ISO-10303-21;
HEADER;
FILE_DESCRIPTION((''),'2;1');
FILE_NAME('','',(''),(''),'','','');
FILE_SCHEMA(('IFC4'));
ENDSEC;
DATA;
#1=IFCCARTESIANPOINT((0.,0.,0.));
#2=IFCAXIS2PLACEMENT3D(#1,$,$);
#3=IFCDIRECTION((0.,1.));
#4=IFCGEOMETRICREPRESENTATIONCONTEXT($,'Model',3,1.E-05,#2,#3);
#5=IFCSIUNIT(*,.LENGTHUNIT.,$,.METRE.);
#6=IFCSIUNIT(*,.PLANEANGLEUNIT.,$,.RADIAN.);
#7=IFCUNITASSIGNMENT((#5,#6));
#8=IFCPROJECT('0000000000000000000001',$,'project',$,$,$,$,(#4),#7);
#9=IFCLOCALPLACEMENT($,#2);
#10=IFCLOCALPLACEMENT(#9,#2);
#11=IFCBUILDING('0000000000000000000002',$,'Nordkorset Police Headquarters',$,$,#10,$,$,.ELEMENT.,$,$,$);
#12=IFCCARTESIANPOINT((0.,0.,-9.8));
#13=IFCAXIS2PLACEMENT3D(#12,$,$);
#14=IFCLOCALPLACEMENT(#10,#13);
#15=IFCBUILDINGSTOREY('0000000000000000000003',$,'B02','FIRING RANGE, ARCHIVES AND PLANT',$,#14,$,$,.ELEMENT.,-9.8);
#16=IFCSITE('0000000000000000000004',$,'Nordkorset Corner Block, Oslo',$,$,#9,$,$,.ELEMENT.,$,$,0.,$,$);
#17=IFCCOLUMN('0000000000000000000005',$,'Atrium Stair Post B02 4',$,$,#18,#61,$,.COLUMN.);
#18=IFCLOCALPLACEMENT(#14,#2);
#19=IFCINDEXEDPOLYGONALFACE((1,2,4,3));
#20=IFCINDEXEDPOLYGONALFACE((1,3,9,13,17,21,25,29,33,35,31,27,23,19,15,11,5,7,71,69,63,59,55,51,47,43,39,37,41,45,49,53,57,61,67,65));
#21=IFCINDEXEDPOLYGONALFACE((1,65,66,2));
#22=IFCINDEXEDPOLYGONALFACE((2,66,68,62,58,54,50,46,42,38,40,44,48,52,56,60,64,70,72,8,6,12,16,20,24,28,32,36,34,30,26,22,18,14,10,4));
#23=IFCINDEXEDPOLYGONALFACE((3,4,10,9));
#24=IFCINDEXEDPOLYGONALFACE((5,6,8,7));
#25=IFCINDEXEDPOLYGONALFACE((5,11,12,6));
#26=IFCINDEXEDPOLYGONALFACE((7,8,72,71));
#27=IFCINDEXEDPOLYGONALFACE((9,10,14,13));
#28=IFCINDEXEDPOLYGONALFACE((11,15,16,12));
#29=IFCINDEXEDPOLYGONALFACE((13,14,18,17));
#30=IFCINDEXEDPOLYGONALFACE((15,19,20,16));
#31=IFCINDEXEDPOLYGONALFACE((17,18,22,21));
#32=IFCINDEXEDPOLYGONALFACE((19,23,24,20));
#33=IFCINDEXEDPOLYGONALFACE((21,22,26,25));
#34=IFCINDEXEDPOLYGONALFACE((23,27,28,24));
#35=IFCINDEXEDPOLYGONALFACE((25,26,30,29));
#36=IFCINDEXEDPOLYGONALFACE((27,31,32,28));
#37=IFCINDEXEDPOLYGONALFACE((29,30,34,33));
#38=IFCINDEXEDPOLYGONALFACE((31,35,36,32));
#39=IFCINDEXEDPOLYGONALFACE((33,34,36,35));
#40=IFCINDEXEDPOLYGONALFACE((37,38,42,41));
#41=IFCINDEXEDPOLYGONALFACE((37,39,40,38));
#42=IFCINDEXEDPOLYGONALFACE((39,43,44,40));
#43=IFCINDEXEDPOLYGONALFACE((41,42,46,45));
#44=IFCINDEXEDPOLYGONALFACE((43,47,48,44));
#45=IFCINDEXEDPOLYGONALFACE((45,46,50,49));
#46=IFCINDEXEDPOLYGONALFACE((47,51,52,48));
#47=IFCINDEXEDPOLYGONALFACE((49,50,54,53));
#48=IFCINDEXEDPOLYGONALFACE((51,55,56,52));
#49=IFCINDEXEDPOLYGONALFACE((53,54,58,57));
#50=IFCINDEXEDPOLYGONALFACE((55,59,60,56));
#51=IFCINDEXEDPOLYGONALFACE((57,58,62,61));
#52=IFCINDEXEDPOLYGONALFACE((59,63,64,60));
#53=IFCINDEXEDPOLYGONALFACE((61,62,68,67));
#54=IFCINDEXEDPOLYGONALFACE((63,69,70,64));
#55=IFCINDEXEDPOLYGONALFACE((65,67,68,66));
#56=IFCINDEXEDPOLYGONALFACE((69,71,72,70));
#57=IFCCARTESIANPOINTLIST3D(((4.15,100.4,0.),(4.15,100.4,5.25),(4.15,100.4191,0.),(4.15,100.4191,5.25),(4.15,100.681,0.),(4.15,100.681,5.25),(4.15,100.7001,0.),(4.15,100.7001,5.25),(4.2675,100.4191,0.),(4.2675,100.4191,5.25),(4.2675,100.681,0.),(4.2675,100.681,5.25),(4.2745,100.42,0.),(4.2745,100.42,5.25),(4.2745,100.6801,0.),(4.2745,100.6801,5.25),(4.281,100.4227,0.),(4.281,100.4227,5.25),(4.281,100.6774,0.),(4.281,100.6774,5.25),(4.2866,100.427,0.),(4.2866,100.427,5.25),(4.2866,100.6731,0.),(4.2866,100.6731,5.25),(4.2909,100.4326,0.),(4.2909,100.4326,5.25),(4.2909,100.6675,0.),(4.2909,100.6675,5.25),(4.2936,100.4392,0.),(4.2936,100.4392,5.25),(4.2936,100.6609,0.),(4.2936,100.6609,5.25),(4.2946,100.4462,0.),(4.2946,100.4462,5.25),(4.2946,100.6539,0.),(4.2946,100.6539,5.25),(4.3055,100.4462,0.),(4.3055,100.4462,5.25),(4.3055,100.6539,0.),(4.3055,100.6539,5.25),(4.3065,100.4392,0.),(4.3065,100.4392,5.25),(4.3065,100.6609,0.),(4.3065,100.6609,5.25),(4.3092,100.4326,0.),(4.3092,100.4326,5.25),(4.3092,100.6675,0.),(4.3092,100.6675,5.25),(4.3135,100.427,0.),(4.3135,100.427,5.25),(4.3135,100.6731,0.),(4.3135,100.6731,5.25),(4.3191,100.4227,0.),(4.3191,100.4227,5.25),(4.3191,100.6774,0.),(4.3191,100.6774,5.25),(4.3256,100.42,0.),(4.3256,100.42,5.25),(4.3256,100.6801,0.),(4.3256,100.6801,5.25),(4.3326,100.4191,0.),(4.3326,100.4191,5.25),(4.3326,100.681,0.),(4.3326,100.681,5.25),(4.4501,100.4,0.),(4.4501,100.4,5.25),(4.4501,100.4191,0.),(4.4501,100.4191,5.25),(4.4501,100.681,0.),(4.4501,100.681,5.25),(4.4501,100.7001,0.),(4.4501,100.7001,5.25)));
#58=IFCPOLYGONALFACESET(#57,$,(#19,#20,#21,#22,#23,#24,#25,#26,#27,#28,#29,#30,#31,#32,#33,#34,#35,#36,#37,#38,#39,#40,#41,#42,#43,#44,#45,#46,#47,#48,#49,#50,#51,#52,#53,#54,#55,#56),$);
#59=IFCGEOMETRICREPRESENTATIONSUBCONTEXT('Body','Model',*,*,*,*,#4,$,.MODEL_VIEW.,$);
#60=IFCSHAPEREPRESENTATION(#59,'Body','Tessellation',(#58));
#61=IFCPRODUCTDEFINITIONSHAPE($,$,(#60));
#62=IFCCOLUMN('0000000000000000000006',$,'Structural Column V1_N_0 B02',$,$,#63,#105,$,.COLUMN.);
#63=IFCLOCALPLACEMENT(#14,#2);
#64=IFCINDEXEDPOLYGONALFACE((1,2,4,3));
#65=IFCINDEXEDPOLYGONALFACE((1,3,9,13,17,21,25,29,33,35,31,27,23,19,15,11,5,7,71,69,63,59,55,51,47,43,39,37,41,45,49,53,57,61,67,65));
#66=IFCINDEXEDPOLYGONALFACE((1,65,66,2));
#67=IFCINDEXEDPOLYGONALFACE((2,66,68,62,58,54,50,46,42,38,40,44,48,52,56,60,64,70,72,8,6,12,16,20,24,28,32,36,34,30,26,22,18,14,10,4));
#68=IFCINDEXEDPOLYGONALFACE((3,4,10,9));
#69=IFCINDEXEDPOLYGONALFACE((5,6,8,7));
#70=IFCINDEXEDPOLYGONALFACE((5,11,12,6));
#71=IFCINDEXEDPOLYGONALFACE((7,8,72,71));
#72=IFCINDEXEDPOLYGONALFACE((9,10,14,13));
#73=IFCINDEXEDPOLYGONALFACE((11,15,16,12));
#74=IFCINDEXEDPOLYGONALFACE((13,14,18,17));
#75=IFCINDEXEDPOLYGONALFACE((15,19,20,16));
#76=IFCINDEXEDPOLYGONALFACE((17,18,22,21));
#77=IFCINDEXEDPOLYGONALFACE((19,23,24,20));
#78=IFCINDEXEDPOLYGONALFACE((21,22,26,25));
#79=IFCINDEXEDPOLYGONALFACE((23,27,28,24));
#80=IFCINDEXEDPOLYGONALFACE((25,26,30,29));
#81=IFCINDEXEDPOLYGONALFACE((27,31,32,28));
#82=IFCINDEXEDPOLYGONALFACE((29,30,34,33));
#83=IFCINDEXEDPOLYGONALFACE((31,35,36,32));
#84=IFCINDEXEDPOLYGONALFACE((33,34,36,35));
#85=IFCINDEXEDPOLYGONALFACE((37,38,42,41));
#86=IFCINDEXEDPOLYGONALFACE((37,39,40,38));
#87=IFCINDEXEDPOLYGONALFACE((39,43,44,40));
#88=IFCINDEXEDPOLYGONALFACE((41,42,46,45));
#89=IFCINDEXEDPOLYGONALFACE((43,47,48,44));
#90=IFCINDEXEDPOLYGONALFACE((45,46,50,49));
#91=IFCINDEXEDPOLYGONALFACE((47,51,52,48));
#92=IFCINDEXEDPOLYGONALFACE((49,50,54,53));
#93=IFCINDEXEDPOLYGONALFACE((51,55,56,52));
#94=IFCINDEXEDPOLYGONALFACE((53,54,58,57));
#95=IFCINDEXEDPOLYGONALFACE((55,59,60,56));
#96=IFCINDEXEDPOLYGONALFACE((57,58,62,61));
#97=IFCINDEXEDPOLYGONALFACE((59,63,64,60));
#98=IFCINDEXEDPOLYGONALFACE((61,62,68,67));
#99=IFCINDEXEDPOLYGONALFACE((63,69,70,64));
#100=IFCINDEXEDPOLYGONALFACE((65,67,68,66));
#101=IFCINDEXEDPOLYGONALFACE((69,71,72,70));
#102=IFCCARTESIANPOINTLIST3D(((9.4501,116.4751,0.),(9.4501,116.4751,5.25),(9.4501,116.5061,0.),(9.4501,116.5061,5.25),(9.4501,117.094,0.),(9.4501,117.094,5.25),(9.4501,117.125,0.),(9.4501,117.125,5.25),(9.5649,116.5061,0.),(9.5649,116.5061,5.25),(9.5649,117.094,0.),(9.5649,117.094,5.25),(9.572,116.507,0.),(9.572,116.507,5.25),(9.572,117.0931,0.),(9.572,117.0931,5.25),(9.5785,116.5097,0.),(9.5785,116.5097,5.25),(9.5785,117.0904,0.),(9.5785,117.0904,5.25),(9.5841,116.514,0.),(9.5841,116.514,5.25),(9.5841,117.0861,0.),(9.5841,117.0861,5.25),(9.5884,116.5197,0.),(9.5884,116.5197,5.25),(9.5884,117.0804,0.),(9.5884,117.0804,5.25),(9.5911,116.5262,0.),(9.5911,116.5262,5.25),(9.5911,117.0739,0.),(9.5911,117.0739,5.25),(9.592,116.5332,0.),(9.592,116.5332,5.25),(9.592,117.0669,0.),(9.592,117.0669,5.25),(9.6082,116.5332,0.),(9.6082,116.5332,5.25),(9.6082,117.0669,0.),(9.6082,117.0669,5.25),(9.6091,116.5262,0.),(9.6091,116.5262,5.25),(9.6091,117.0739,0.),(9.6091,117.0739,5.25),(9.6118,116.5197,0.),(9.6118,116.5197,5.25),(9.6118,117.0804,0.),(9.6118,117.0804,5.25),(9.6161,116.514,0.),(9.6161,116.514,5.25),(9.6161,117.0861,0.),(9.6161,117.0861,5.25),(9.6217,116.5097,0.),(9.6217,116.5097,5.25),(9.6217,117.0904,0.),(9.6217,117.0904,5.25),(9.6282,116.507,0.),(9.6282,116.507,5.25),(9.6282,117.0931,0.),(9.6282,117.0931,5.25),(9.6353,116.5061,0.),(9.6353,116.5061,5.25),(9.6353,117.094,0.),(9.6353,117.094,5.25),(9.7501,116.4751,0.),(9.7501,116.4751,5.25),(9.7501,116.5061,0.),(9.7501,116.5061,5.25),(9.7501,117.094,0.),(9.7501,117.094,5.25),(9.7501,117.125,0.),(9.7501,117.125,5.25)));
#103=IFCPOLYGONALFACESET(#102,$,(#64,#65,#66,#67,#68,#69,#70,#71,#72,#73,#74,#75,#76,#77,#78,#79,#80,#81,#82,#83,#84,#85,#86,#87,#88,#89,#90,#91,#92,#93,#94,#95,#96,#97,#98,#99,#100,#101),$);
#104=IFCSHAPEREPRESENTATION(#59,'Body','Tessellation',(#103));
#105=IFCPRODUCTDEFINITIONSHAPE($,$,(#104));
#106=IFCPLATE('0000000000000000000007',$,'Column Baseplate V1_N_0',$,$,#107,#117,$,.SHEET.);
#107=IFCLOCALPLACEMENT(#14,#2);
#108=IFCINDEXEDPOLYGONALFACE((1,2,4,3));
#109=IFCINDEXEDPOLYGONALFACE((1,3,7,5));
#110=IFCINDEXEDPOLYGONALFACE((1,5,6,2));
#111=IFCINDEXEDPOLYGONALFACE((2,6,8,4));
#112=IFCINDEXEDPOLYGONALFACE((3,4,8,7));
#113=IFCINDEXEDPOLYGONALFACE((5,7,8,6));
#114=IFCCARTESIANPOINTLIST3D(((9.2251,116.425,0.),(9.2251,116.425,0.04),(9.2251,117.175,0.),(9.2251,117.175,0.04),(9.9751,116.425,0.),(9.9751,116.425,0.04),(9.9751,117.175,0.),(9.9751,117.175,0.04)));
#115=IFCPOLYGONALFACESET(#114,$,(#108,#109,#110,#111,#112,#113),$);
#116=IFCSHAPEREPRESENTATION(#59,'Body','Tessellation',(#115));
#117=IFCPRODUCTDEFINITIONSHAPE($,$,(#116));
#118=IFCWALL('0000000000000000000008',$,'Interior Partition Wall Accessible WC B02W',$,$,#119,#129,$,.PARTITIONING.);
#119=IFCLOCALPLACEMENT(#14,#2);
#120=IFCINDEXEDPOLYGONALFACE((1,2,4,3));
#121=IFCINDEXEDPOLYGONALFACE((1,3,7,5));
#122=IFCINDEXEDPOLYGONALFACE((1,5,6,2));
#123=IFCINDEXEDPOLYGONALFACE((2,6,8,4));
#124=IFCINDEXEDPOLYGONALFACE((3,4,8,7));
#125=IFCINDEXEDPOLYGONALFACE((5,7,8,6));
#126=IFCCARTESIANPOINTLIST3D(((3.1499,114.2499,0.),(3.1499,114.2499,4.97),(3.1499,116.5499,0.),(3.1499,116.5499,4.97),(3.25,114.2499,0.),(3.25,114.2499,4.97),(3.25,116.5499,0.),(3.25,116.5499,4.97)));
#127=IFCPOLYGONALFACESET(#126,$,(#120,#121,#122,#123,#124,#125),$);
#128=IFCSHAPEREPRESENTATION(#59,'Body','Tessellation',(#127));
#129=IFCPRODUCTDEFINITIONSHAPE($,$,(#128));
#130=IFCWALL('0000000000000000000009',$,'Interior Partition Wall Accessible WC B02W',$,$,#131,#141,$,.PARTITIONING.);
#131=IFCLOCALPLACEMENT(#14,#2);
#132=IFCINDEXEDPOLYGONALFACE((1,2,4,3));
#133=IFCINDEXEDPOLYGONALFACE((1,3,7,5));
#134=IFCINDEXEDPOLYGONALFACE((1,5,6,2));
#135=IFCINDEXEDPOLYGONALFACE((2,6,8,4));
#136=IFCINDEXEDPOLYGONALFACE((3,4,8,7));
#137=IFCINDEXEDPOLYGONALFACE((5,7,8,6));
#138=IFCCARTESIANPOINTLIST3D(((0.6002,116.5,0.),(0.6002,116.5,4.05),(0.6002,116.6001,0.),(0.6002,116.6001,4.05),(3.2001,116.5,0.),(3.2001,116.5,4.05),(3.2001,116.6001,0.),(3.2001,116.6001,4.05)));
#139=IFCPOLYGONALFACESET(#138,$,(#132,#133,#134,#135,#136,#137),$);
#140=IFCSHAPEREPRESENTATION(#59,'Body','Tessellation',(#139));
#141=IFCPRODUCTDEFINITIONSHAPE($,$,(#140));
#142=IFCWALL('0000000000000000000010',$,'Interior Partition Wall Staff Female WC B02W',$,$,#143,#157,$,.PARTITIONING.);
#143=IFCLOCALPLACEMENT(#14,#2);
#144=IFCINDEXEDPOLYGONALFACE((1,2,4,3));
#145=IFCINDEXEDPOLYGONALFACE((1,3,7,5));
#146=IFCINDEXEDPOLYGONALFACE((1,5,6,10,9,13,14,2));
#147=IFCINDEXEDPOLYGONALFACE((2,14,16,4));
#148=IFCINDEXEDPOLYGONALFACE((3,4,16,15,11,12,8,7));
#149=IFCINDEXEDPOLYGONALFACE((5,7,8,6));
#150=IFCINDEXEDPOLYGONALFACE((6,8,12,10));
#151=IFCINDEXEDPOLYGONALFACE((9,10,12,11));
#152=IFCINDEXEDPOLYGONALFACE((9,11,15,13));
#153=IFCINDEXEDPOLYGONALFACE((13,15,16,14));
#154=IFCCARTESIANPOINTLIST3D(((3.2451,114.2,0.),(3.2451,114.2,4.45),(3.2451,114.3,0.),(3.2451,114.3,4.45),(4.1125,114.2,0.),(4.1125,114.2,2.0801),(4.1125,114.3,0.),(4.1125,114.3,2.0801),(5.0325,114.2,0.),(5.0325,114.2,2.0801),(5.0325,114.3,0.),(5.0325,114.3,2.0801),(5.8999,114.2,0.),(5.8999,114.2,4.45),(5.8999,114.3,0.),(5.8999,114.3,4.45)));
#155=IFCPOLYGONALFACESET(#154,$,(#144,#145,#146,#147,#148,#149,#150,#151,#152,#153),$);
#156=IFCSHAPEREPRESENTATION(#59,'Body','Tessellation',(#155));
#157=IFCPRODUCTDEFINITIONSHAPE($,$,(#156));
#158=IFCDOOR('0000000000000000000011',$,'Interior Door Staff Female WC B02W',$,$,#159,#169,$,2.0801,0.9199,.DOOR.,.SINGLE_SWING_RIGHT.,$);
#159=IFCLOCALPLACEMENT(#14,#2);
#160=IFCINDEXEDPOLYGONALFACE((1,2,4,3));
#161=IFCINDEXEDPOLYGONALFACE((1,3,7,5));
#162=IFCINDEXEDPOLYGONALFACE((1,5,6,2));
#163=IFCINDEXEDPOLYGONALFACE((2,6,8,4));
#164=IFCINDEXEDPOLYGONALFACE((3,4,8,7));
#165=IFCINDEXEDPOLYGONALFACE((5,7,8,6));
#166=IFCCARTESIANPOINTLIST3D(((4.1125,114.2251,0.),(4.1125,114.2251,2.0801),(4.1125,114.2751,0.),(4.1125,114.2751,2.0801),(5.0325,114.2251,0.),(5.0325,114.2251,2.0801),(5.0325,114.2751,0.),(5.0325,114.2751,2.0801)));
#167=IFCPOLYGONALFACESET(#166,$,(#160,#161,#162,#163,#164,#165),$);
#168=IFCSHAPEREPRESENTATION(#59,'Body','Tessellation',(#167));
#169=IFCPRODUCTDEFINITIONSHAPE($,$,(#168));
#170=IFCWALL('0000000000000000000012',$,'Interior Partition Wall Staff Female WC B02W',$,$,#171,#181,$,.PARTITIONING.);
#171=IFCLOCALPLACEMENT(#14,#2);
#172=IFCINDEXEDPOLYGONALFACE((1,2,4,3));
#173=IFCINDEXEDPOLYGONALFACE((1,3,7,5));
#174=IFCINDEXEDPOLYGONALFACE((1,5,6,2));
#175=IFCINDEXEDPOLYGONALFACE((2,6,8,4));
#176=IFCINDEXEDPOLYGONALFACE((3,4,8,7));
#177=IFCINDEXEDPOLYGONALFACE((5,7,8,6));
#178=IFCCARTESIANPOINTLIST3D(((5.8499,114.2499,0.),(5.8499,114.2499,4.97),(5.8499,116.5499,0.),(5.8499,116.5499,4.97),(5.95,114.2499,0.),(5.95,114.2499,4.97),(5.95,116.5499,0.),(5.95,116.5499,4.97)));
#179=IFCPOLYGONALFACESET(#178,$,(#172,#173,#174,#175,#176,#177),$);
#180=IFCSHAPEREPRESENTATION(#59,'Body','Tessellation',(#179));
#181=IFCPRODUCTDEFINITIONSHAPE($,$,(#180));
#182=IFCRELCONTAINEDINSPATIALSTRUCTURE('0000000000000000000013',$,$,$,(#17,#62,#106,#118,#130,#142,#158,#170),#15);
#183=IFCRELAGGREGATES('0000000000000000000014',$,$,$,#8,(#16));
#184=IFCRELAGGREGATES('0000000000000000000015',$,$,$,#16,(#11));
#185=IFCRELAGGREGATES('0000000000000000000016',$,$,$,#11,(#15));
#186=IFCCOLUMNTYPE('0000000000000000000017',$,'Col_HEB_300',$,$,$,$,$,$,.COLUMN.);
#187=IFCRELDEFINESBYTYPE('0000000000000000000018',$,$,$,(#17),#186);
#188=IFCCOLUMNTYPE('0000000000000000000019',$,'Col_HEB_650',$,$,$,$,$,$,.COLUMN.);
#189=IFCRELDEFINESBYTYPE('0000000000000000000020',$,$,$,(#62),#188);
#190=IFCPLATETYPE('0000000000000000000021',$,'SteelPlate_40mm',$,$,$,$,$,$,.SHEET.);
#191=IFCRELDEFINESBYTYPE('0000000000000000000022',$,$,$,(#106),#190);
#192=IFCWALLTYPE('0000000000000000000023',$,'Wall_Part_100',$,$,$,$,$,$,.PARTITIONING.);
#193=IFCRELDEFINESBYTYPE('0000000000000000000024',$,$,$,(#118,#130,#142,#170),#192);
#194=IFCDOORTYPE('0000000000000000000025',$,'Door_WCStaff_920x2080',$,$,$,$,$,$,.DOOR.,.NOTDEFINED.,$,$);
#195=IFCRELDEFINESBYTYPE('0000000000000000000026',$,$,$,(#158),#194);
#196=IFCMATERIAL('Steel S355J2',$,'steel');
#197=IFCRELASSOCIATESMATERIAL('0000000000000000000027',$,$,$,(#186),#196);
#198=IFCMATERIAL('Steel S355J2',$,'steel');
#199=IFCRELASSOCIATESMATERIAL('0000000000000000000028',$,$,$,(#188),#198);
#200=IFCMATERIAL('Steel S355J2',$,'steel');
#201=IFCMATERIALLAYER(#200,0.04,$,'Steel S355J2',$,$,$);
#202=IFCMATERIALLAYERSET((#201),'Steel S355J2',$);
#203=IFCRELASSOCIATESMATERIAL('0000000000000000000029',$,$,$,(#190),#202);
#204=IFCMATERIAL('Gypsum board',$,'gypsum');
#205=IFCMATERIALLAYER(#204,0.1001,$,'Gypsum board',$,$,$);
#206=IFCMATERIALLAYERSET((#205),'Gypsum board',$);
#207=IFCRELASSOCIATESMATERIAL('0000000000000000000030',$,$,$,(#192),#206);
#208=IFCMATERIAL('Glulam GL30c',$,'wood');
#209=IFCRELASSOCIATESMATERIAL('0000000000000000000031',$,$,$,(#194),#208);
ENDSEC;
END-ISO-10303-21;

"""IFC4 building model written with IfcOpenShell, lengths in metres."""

from ifc_helpers import new_model, si_unit, direction, frame, frame_2d, origin, origin_2d, place, context, subcontext, project, spatial, rectangle, i_section, extrude, material, layer, layer_set, material_profile, profile_set, type_object, element, fill, save


model = new_model("IFC4")

# Units and contexts
model_context = context("Model", 3, precision=1e-05, world=origin(), true_north=direction((0.0, 1.0)))
body_context = subcontext(model_context, "Body", "Model", "MODEL_VIEW")
ifc_project = project(units=[si_unit("LENGTHUNIT", "METRE"), si_unit("PLANEANGLEUNIT", "RADIAN")], contexts=[model_context])

# Site, building, storey
site_placement = place(None, origin())
site = spatial("IfcSite", under=ifc_project, at=site_placement, Name="Nordkorset Corner Block, Oslo", CompositionType="ELEMENT", RefElevation=0.0)
building_placement = place(site_placement, origin())
building = spatial("IfcBuilding", under=site, at=building_placement, Name="Nordkorset Police Headquarters", CompositionType="ELEMENT")
storey_placement = place(building_placement, frame((0.0, 0.0, -9.8)))
storey = spatial("IfcBuildingStorey", under=building, at=storey_placement, Name="B02", Description="FIRING RANGE, ARCHIVES AND PLANT", CompositionType="ELEMENT", Elevation=-9.8)

# Columns
ifc_material_1 = material(Name="Steel S355J2", Category="steel")
ifc_material_profile_1 = material_profile(ifc_material_1, i_section(OverallWidth=0.3, OverallDepth=0.3, WebThickness=0.011, FlangeThickness=0.019, FilletRadius=0.0271, at=origin_2d()), Name="HEB 300")
ifc_profile_set_1 = profile_set([ifc_material_profile_1], Name="Steel S355J2")
column_type_1 = type_object("IfcColumnType", Name="Col_HEB_300", PredefinedType="COLUMN", material=ifc_profile_set_1)
for number, where, z_axis, x_axis, name in (
    (1, (4.3, 100.55, 0.0), (0.0, 0.0, 1.0), (1.0, 0.0, 0.0), "Atrium Stair Post B02 4"),
):
    element("IfcColumn", number, at=place(storey_placement, frame(where, z_axis=z_axis, x_axis=x_axis)), inside=storey, type_object=column_type_1, Name=name, PredefinedType="COLUMN", context=body_context, shape_type="SweptSolid", body=[
        extrude(i_section(OverallWidth=0.3, OverallDepth=0.3, WebThickness=0.011, FlangeThickness=0.019, FilletRadius=0.0271, at=origin_2d()), origin(), (0.0, 0.0, 1.0), 5.25),
    ])
ifc_material_2 = material(Name="Steel S355J2", Category="steel")
ifc_material_profile_2 = material_profile(ifc_material_2, i_section(OverallWidth=0.3, OverallDepth=0.6499, WebThickness=0.0161, FlangeThickness=0.031, FilletRadius=0.0271, at=origin_2d()), Name="HEB 650")
ifc_profile_set_2 = profile_set([ifc_material_profile_2], Name="Steel S355J2")
column_type_2 = type_object("IfcColumnType", Name="Col_HEB_650", PredefinedType="COLUMN", material=ifc_profile_set_2)
column_placement = place(storey_placement, frame((9.6001, 116.8, 0.0), z_axis=(0.0, 0.0, 1.0), x_axis=(1.0, 0.0, 0.0)))
element("IfcColumn", 2, at=column_placement, inside=storey, type_object=column_type_2, Name="Structural Column V1_N_0 B02", PredefinedType="COLUMN", context=body_context, shape_type="SweptSolid", body=[
    extrude(i_section(OverallWidth=0.3, OverallDepth=0.6499, WebThickness=0.0161, FlangeThickness=0.031, FilletRadius=0.0271, at=origin_2d()), origin(), (0.0, 0.0, 1.0), 5.25),
])

# Plate
ifc_material_3 = material(Name="Steel S355J2", Category="steel")
ifc_layer_1 = layer(ifc_material_3, 0.04, Name="Steel S355J2")
ifc_layer_set_1 = layer_set([ifc_layer_1], Name="Steel S355J2")
plate_type = type_object("IfcPlateType", Name="SteelPlate_40mm", PredefinedType="SHEET", material=ifc_layer_set_1)
plate_placement = place(storey_placement, frame((9.6001, 116.8, 0.0), z_axis=(0.0, 0.0, 1.0), x_axis=(1.0, 0.0, 0.0)))
element("IfcPlate", 3, at=plate_placement, inside=storey, type_object=plate_type, Name="Column Baseplate V1_N_0", PredefinedType="SHEET", context=body_context, shape_type="SweptSolid", body=[
    extrude(rectangle(XDim=0.75, YDim=0.75, at=origin_2d()), origin(), (0.0, 0.0, 1.0), 0.04),
])

# Walls
ifc_material_4 = material(Name="Gypsum board", Category="gypsum")
ifc_layer_2 = layer(ifc_material_4, 0.1001, Name="Gypsum board")
ifc_layer_set_2 = layer_set([ifc_layer_2], Name="Gypsum board")
wall_type = type_object("IfcWallType", Name="Wall_Part_100", PredefinedType="PARTITIONING", material=ifc_layer_set_2)
wall_1_placement = place(storey_placement, frame((3.2, 114.25, 0.0), z_axis=(0.0, 0.0, 1.0), x_axis=(0.0, 1.0, 0.0)))
element("IfcWall", 4, at=wall_1_placement, inside=storey, type_object=wall_type, Name="Interior Partition Wall Accessible WC B02W", PredefinedType="PARTITIONING", context=body_context, shape_type="SweptSolid", body=[
    extrude(rectangle(XDim=2.3, YDim=0.1001, at=frame_2d((1.1499, 0.0))), origin(), (0.0, 0.0, 1.0), 4.97),
])
wall_2_placement = place(storey_placement, frame((3.2, 116.55, 0.0), z_axis=(0.0, 0.0, 1.0), x_axis=(-1.0, 0.0, 0.0)))
element("IfcWall", 5, at=wall_2_placement, inside=storey, type_object=wall_type, Name="Interior Partition Wall Accessible WC B02W", PredefinedType="PARTITIONING", context=body_context, shape_type="SweptSolid", body=[
    extrude(rectangle(XDim=2.5999, YDim=0.1001, at=frame_2d((1.2998, 0.0))), origin(), (0.0, 0.0, 1.0), 4.05),
])

# Wall, opening, door
wall_3_placement = place(storey_placement, frame((3.2451, 114.25, 0.0), z_axis=(0.0, 0.0, 1.0), x_axis=(1.0, 0.0, 0.0)))
wall_3 = element("IfcWall", 6, at=wall_3_placement, inside=storey, type_object=wall_type, Name="Interior Partition Wall Staff Female WC B02W", PredefinedType="PARTITIONING", context=body_context, shape_type="SweptSolid", body=[
    extrude(rectangle(XDim=2.6548, YDim=0.1001, at=frame_2d((1.3274, 0.0))), origin(), (0.0, 0.0, 1.0), 4.45),
])
opening_1_placement = place(wall_3_placement, frame((0.8674, 0.0, 0.0)))
opening_1 = element("IfcOpeningElement", 7, at=opening_1_placement, cuts=wall_3, PredefinedType="OPENING", context=body_context, shape_type="SweptSolid", body=[
    extrude(rectangle(XDim=0.9199, YDim=2.0801, at=frame_2d((0.46, 1.04))), frame((0.0, 0.0601, 0.0), z_axis=(0.0, -1.0, 0.0), x_axis=(1.0, 0.0, 0.0)), (0.0, 0.0, 1.0), 0.1201),
])
ifc_material_5 = material(Name="Glulam GL30c", Category="wood")
door_type = type_object("IfcDoorType", Name="Door_WCStaff_920x2080", OperationType="NOTDEFINED", PredefinedType="DOOR", material=ifc_material_5)
door_1_placement = place(opening_1_placement, frame((0.9199, 0.0, 0.0), z_axis=(0.0, 0.0, 1.0), x_axis=(-1.0, 0.0, 0.0)))
door_1 = element("IfcDoor", 8, at=door_1_placement, inside=storey, type_object=door_type, Name="Interior Door Staff Female WC B02W", OperationType="SINGLE_SWING_RIGHT", OverallHeight=2.0801, OverallWidth=0.9199, PredefinedType="DOOR", context=body_context, shape_type="SweptSolid", body=[
    extrude(rectangle(XDim=0.9199, YDim=2.0801, at=frame_2d((0.46, 1.04))), frame((0.0, 0.0249, 0.0), z_axis=(0.0, -1.0, 0.0), x_axis=(1.0, 0.0, 0.0)), (0.0, 0.0, 1.0), 0.05),
])
fill(opening_1, door_1)

# Wall
wall_4_placement = place(storey_placement, frame((5.8999, 114.25, 0.0), z_axis=(0.0, 0.0, 1.0), x_axis=(0.0, 1.0, 0.0)))
element("IfcWall", 9, at=wall_4_placement, inside=storey, type_object=wall_type, Name="Interior Partition Wall Staff Female WC B02W", PredefinedType="PARTITIONING", context=body_context, shape_type="SweptSolid", body=[
    extrude(rectangle(XDim=2.3, YDim=0.1001, at=frame_2d((1.1499, 0.0))), origin(), (0.0, 0.0, 1.0), 4.97),
])

save(model, "model.ifc")
